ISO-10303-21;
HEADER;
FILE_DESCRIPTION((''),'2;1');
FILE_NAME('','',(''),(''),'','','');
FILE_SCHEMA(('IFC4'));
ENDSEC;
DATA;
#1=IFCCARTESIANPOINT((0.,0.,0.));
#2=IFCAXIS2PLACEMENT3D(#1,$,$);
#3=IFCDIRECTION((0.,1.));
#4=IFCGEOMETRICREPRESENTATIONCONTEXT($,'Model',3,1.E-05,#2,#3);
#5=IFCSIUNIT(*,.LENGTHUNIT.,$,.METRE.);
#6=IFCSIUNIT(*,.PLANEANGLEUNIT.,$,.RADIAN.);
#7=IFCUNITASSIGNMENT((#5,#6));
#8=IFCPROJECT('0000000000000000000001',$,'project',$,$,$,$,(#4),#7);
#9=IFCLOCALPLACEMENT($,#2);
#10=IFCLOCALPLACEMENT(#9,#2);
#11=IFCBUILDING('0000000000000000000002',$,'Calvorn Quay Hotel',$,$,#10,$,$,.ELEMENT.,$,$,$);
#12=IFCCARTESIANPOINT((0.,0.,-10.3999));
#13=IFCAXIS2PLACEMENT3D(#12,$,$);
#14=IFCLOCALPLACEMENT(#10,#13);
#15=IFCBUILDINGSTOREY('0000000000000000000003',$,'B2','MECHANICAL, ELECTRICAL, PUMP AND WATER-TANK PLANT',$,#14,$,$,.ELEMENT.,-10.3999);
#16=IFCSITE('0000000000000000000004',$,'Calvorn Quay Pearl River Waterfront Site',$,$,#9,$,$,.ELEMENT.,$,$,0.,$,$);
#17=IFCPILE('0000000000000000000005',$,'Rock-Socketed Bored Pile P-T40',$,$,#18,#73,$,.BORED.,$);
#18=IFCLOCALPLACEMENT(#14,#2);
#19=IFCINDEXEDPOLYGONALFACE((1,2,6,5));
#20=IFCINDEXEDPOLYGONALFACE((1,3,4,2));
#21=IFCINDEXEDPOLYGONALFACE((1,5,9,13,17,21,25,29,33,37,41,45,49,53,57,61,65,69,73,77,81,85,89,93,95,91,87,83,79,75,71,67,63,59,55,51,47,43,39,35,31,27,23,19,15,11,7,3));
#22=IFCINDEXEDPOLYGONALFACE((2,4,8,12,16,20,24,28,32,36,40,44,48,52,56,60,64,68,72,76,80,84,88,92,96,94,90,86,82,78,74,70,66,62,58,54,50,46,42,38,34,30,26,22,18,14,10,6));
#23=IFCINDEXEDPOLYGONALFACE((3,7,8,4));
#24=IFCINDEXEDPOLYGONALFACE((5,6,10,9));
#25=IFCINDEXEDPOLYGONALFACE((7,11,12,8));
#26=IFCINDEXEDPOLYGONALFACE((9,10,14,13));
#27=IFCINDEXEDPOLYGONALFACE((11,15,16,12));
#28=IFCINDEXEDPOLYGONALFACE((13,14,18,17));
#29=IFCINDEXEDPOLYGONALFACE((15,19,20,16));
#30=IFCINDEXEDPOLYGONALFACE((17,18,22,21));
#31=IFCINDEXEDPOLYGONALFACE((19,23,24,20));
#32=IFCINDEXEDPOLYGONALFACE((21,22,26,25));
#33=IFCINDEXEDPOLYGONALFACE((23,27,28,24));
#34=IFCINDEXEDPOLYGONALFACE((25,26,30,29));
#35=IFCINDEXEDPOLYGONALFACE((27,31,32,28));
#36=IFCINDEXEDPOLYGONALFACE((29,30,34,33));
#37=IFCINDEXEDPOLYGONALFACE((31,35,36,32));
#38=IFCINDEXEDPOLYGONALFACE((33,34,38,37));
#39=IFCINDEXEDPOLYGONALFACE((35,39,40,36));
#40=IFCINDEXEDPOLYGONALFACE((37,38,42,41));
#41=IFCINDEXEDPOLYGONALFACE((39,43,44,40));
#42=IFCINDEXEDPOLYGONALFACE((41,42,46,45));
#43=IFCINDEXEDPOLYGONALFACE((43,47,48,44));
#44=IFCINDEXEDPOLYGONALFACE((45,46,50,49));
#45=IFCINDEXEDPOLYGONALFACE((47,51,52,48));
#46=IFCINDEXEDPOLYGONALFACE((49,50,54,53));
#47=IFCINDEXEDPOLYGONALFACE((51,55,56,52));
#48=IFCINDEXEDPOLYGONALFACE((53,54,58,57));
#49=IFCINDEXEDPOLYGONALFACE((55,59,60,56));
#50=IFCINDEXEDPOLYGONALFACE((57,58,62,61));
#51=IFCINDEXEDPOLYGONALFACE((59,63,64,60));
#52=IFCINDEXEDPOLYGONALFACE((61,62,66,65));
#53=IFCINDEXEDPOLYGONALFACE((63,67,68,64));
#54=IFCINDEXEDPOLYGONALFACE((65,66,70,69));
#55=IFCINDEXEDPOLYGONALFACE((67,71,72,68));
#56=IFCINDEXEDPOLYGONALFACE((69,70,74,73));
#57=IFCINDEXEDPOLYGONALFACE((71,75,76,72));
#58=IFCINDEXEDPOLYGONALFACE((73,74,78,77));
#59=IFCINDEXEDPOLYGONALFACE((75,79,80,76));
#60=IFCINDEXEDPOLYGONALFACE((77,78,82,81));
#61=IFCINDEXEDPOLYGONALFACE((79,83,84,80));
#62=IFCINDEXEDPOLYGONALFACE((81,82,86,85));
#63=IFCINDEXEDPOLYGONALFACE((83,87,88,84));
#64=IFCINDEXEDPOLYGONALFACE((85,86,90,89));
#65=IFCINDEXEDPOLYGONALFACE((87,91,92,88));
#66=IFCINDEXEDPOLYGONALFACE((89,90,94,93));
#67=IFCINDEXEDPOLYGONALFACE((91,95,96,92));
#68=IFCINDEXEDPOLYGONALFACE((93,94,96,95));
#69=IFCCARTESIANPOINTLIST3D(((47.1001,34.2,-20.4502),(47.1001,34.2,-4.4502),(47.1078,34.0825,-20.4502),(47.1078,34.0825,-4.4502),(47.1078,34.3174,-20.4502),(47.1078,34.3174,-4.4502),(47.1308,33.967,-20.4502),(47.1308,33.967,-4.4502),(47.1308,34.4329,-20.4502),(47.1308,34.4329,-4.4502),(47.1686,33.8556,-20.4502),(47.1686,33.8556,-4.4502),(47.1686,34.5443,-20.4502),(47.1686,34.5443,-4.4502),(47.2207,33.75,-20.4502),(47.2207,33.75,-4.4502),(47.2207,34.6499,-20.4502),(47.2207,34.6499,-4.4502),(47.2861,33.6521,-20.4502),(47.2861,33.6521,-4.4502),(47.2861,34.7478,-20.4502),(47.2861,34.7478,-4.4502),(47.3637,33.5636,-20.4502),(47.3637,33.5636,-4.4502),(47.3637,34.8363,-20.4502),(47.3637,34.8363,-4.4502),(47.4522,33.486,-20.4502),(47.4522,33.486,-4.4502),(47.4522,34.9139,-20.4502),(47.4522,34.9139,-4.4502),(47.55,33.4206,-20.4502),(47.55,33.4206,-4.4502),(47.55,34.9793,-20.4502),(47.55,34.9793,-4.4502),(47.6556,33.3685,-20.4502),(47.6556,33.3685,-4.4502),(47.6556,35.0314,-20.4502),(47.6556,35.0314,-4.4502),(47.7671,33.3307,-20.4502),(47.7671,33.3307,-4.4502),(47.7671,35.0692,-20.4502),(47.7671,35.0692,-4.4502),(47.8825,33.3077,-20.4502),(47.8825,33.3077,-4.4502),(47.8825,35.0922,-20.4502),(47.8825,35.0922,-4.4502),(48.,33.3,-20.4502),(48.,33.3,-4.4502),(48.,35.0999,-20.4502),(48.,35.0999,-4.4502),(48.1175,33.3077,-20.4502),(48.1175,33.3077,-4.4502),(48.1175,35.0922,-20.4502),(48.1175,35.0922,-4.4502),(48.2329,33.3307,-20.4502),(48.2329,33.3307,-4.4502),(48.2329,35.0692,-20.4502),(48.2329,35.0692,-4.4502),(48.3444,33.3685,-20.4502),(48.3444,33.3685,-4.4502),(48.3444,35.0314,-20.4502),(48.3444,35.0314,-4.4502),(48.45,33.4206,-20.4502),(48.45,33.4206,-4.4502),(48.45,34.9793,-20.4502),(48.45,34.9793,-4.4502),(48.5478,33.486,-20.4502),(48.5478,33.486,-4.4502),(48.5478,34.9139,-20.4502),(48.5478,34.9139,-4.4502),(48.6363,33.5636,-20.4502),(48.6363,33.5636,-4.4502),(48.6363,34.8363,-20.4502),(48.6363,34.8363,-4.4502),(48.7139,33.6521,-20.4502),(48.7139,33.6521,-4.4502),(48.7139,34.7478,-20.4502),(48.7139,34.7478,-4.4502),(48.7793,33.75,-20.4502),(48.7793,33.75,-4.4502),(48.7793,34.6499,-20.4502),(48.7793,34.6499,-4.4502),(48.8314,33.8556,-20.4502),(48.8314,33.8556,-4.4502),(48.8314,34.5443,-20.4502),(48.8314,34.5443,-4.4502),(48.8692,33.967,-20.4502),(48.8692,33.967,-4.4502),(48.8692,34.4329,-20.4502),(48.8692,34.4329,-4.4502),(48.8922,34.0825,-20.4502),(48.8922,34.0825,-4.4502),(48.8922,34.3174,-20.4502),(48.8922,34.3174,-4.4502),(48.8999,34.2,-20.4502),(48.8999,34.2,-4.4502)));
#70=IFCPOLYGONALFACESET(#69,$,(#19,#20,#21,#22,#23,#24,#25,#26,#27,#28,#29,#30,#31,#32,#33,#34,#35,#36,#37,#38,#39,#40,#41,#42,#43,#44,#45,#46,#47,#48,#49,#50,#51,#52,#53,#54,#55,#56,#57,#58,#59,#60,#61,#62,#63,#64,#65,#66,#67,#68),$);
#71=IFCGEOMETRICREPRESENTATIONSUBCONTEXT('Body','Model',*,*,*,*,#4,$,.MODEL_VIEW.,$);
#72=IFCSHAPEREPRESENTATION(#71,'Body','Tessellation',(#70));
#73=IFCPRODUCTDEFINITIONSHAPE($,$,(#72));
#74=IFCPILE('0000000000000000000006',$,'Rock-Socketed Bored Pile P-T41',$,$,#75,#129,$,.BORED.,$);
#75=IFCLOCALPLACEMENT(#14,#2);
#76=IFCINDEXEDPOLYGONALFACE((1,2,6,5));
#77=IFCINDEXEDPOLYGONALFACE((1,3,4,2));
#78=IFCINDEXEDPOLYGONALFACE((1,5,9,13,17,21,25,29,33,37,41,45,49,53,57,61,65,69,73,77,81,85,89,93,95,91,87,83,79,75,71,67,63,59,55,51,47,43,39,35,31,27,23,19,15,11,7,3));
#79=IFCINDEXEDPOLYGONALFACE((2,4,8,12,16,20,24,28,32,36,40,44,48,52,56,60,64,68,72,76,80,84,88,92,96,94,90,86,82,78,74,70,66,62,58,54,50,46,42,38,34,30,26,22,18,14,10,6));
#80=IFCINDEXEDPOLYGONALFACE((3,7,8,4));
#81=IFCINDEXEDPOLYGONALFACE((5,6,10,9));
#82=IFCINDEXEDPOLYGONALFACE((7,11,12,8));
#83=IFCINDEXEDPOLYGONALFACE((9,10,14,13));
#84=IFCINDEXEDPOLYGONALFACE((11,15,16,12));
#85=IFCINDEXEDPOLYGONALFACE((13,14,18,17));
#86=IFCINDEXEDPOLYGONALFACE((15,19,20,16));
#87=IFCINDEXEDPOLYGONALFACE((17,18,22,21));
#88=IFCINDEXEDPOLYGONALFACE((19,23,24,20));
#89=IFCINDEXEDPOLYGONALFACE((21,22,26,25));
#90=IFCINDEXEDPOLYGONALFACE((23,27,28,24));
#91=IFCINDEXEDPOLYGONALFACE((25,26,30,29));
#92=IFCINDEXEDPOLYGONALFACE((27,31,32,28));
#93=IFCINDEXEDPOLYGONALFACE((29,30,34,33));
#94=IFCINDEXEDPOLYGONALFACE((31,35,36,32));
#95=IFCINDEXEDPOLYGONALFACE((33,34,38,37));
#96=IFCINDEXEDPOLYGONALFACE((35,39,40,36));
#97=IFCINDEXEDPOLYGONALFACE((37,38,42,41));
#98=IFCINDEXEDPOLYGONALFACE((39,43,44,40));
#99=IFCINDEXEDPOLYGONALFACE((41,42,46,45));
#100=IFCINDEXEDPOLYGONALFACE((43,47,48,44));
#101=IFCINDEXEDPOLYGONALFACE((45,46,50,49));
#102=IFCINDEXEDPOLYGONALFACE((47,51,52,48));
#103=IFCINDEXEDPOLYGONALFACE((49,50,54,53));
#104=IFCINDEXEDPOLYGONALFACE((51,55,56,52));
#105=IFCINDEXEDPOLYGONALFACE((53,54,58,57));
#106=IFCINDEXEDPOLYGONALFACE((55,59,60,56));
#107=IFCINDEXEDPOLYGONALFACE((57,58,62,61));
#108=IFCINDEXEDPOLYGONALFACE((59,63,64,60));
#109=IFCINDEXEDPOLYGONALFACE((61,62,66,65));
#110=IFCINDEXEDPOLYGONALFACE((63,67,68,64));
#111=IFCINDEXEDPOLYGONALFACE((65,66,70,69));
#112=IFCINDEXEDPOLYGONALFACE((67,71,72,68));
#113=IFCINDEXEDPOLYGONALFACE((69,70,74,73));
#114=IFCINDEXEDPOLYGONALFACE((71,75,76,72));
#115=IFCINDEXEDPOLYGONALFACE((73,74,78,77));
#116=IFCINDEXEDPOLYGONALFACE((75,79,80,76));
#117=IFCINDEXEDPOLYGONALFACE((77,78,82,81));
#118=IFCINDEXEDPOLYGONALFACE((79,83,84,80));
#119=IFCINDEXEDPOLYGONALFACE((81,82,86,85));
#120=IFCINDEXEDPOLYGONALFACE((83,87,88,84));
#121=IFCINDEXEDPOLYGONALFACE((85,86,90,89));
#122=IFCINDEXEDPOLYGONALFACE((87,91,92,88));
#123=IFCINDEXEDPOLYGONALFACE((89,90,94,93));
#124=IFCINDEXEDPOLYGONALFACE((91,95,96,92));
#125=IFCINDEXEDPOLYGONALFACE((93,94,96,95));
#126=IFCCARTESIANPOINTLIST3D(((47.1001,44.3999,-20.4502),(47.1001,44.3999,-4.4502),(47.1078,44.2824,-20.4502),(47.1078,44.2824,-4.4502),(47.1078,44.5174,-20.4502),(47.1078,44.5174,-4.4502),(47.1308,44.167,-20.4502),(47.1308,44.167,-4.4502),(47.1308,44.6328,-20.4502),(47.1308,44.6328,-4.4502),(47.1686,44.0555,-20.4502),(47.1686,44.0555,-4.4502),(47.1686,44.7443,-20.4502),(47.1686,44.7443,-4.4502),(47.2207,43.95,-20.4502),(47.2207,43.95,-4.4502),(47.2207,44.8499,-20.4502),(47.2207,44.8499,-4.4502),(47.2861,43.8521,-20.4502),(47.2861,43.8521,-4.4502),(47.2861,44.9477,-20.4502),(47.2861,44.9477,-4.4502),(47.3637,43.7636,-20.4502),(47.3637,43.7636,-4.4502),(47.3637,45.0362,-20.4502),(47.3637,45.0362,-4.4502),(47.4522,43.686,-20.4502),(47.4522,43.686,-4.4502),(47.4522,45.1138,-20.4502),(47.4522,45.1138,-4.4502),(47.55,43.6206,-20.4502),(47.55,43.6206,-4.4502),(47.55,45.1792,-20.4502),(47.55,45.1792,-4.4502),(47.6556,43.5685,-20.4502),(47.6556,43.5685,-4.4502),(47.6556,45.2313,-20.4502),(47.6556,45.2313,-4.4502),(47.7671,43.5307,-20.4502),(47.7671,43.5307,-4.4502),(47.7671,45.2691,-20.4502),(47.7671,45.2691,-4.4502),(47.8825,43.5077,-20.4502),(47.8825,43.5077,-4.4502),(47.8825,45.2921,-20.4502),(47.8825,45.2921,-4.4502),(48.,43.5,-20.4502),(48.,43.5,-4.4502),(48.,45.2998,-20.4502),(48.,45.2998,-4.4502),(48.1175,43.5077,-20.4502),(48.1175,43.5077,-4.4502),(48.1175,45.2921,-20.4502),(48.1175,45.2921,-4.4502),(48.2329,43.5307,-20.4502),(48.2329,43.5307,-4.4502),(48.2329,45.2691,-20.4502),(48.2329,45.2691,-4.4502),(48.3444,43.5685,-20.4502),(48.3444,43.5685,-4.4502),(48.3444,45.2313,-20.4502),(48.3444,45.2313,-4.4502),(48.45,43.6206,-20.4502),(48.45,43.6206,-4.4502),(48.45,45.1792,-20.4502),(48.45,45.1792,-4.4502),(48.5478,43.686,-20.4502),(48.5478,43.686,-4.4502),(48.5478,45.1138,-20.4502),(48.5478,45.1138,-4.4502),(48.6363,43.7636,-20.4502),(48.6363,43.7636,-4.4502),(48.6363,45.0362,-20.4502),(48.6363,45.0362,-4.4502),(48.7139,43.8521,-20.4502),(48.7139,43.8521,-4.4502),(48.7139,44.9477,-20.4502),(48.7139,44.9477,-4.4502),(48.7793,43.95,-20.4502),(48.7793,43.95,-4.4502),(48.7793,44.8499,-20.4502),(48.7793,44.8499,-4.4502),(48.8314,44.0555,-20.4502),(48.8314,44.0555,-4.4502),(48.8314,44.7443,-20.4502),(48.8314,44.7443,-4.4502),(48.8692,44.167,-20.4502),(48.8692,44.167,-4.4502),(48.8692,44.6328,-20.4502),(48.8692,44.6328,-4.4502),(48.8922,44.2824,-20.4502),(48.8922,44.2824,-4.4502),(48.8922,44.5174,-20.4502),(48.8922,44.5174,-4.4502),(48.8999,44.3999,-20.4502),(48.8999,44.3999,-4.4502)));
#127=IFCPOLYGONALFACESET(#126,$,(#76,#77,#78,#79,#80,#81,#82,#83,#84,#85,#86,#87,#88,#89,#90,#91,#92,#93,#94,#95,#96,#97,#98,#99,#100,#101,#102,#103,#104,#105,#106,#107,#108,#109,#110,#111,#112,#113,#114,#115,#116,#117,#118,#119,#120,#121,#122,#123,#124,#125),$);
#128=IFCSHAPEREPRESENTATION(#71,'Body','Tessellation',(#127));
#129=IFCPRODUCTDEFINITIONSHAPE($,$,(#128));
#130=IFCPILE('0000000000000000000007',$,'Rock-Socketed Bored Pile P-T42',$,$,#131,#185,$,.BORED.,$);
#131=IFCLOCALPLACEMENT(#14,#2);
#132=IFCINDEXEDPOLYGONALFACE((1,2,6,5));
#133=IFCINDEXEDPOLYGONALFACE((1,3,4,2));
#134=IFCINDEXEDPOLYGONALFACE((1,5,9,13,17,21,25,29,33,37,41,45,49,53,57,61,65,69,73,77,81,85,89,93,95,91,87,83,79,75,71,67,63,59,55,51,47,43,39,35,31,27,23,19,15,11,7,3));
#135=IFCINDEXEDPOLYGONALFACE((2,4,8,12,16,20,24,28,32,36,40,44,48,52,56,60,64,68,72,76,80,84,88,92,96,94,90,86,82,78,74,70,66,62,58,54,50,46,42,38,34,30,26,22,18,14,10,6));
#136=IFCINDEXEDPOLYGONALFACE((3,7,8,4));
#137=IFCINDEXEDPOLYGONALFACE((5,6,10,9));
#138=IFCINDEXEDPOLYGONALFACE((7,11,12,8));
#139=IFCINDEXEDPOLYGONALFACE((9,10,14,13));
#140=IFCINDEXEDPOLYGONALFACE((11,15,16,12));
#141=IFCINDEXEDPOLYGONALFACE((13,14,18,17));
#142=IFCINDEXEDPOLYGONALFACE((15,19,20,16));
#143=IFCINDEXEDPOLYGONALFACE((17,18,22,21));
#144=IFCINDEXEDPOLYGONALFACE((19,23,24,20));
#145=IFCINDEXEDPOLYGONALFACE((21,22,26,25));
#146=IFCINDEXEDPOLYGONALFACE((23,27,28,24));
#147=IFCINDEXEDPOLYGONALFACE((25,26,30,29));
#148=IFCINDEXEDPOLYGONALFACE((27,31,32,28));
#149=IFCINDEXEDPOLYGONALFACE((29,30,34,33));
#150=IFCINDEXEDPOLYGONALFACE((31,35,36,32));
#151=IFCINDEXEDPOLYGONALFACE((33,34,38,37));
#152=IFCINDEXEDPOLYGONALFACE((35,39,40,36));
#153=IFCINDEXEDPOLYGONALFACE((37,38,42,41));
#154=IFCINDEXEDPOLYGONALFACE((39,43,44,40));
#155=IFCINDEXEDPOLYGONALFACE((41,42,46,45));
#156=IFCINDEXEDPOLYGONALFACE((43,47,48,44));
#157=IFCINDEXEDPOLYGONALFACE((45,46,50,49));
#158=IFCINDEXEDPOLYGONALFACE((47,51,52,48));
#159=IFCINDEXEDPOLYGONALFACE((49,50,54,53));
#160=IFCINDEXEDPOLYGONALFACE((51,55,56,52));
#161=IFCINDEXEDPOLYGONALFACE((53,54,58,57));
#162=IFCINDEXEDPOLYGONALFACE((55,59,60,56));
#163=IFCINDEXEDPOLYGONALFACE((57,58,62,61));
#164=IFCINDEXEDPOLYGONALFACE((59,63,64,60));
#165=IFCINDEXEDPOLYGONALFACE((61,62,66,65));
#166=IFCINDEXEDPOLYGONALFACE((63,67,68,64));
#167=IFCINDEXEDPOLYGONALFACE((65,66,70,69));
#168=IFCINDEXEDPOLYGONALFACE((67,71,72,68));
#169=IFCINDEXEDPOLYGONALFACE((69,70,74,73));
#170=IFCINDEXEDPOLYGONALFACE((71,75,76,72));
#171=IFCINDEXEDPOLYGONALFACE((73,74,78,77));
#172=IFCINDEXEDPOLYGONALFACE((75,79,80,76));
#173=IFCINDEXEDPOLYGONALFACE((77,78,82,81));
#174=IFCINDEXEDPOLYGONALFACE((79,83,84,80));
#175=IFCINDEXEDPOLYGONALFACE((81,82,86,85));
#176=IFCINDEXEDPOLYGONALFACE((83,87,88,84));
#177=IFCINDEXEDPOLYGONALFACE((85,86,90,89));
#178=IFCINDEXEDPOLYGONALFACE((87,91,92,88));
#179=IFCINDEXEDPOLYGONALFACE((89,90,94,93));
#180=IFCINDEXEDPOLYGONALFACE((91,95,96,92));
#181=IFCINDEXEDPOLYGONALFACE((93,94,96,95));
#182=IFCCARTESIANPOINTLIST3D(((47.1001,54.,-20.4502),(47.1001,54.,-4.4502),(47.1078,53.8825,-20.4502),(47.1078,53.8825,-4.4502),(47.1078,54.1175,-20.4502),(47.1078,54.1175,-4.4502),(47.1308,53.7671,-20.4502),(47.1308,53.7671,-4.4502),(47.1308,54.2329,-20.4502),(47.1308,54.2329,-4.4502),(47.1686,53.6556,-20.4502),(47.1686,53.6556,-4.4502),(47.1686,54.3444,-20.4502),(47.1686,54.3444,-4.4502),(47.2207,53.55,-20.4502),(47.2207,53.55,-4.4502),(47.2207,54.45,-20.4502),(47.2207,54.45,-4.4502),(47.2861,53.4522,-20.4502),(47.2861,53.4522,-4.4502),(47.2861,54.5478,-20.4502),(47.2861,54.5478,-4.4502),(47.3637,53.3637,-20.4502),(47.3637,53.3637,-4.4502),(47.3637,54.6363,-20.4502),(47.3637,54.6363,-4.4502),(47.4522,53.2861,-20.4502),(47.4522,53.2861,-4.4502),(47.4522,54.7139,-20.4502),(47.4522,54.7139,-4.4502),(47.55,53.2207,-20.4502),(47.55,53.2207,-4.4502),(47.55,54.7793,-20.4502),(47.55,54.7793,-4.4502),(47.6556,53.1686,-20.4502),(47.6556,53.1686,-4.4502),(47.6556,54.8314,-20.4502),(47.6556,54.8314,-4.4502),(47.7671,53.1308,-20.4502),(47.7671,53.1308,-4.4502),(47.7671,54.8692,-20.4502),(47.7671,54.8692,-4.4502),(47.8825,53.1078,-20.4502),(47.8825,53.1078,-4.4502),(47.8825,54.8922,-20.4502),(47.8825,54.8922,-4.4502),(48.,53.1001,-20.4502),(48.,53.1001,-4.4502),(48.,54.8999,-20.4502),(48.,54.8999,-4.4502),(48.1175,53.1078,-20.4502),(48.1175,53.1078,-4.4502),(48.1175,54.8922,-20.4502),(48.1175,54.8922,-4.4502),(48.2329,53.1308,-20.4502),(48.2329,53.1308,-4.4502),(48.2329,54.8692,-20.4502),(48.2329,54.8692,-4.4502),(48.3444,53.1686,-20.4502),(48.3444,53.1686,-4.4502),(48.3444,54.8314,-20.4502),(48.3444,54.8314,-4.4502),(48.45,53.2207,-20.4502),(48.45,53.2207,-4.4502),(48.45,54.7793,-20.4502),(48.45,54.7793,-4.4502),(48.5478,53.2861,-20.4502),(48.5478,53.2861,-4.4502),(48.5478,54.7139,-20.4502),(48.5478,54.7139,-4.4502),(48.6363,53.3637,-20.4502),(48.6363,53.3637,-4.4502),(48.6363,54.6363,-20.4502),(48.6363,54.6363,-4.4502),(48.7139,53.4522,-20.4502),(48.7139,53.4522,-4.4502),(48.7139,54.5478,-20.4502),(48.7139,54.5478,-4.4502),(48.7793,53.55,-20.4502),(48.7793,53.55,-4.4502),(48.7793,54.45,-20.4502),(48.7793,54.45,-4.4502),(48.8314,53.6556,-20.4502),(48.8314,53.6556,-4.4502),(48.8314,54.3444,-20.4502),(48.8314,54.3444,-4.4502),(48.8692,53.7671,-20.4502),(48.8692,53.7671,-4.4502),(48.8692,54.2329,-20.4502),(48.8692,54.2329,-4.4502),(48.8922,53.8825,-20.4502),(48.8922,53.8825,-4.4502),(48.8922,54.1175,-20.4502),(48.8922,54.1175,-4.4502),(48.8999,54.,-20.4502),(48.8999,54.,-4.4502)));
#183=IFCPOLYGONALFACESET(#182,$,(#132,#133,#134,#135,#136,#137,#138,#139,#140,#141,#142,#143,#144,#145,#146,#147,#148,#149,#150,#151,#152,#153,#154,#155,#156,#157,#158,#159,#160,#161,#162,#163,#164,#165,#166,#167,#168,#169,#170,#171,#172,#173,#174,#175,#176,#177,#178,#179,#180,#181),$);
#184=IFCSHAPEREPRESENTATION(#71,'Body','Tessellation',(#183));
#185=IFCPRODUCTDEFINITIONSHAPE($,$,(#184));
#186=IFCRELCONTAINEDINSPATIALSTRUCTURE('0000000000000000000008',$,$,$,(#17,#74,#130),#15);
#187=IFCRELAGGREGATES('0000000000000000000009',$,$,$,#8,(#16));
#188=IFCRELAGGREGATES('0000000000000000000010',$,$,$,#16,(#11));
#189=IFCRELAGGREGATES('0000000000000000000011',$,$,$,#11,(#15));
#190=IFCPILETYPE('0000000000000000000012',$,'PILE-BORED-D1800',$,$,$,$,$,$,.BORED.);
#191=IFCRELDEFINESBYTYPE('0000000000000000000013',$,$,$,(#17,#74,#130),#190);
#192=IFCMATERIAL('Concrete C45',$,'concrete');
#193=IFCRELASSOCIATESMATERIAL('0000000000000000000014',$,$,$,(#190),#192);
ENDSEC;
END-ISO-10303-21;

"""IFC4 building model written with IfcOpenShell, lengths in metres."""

from ifc_helpers import new_model, si_unit, direction, frame, origin, origin_2d, place, context, subcontext, project, spatial, circle, extrude, material, material_profile, profile_set, type_object, element, save


model = new_model("IFC4")

# Units and contexts
model_context = context("Model", 3, precision=1e-05, world=origin(), true_north=direction((0.0, 1.0)))
body_context = subcontext(model_context, "Body", "Model", "MODEL_VIEW")
ifc_project = project(units=[si_unit("LENGTHUNIT", "METRE"), si_unit("PLANEANGLEUNIT", "RADIAN")], contexts=[model_context])

# Site, building, storey
site_placement = place(None, origin())
site = spatial("IfcSite", under=ifc_project, at=site_placement, Name="Calvorn Quay Pearl River Waterfront Site", CompositionType="ELEMENT", RefElevation=0.0)
building_placement = place(site_placement, origin())
building = spatial("IfcBuilding", under=site, at=building_placement, Name="Calvorn Quay Hotel", CompositionType="ELEMENT")
storey_placement = place(building_placement, frame((0.0, 0.0, -10.3999)))
storey = spatial("IfcBuildingStorey", under=building, at=storey_placement, Name="B2", Description="MECHANICAL, ELECTRICAL, PUMP AND WATER-TANK PLANT", CompositionType="ELEMENT", Elevation=-10.3999)

# Piles
ifc_material_1 = material(Name="Concrete C45", Category="concrete")
ifc_material_profile_1 = material_profile(ifc_material_1, circle(Radius=0.8999, at=origin_2d()), Name="PILE-D1800")
ifc_profile_set_1 = profile_set([ifc_material_profile_1], Name="Concrete C45")
pile_type = type_object("IfcPileType", Name="PILE-BORED-D1800", PredefinedType="BORED", material=ifc_profile_set_1)
for number, where, z_axis, x_axis, name in (
    (1, (48.0, 34.2, -4.4502), (0.0, 0.0, -1.0), (1.0, 0.0, 0.0), "Rock-Socketed Bored Pile P-T40"),
    (2, (48.0, 44.3999, -4.4502), (0.0, 0.0, -1.0), (1.0, 0.0, 0.0), "Rock-Socketed Bored Pile P-T41"),
    (3, (48.0, 54.0, -4.4502), (0.0, 0.0, -1.0), (1.0, 0.0, 0.0), "Rock-Socketed Bored Pile P-T42"),
):
    element("IfcPile", number, at=place(storey_placement, frame(where, z_axis=z_axis, x_axis=x_axis)), inside=storey, type_object=pile_type, Name=name, PredefinedType="BORED", context=body_context, shape_type="SweptSolid", body=[
        extrude(circle(Radius=0.8999, at=origin_2d()), origin(), (0.0, 0.0, 1.0), 16.0),
    ])

save(model, "model.ifc")
